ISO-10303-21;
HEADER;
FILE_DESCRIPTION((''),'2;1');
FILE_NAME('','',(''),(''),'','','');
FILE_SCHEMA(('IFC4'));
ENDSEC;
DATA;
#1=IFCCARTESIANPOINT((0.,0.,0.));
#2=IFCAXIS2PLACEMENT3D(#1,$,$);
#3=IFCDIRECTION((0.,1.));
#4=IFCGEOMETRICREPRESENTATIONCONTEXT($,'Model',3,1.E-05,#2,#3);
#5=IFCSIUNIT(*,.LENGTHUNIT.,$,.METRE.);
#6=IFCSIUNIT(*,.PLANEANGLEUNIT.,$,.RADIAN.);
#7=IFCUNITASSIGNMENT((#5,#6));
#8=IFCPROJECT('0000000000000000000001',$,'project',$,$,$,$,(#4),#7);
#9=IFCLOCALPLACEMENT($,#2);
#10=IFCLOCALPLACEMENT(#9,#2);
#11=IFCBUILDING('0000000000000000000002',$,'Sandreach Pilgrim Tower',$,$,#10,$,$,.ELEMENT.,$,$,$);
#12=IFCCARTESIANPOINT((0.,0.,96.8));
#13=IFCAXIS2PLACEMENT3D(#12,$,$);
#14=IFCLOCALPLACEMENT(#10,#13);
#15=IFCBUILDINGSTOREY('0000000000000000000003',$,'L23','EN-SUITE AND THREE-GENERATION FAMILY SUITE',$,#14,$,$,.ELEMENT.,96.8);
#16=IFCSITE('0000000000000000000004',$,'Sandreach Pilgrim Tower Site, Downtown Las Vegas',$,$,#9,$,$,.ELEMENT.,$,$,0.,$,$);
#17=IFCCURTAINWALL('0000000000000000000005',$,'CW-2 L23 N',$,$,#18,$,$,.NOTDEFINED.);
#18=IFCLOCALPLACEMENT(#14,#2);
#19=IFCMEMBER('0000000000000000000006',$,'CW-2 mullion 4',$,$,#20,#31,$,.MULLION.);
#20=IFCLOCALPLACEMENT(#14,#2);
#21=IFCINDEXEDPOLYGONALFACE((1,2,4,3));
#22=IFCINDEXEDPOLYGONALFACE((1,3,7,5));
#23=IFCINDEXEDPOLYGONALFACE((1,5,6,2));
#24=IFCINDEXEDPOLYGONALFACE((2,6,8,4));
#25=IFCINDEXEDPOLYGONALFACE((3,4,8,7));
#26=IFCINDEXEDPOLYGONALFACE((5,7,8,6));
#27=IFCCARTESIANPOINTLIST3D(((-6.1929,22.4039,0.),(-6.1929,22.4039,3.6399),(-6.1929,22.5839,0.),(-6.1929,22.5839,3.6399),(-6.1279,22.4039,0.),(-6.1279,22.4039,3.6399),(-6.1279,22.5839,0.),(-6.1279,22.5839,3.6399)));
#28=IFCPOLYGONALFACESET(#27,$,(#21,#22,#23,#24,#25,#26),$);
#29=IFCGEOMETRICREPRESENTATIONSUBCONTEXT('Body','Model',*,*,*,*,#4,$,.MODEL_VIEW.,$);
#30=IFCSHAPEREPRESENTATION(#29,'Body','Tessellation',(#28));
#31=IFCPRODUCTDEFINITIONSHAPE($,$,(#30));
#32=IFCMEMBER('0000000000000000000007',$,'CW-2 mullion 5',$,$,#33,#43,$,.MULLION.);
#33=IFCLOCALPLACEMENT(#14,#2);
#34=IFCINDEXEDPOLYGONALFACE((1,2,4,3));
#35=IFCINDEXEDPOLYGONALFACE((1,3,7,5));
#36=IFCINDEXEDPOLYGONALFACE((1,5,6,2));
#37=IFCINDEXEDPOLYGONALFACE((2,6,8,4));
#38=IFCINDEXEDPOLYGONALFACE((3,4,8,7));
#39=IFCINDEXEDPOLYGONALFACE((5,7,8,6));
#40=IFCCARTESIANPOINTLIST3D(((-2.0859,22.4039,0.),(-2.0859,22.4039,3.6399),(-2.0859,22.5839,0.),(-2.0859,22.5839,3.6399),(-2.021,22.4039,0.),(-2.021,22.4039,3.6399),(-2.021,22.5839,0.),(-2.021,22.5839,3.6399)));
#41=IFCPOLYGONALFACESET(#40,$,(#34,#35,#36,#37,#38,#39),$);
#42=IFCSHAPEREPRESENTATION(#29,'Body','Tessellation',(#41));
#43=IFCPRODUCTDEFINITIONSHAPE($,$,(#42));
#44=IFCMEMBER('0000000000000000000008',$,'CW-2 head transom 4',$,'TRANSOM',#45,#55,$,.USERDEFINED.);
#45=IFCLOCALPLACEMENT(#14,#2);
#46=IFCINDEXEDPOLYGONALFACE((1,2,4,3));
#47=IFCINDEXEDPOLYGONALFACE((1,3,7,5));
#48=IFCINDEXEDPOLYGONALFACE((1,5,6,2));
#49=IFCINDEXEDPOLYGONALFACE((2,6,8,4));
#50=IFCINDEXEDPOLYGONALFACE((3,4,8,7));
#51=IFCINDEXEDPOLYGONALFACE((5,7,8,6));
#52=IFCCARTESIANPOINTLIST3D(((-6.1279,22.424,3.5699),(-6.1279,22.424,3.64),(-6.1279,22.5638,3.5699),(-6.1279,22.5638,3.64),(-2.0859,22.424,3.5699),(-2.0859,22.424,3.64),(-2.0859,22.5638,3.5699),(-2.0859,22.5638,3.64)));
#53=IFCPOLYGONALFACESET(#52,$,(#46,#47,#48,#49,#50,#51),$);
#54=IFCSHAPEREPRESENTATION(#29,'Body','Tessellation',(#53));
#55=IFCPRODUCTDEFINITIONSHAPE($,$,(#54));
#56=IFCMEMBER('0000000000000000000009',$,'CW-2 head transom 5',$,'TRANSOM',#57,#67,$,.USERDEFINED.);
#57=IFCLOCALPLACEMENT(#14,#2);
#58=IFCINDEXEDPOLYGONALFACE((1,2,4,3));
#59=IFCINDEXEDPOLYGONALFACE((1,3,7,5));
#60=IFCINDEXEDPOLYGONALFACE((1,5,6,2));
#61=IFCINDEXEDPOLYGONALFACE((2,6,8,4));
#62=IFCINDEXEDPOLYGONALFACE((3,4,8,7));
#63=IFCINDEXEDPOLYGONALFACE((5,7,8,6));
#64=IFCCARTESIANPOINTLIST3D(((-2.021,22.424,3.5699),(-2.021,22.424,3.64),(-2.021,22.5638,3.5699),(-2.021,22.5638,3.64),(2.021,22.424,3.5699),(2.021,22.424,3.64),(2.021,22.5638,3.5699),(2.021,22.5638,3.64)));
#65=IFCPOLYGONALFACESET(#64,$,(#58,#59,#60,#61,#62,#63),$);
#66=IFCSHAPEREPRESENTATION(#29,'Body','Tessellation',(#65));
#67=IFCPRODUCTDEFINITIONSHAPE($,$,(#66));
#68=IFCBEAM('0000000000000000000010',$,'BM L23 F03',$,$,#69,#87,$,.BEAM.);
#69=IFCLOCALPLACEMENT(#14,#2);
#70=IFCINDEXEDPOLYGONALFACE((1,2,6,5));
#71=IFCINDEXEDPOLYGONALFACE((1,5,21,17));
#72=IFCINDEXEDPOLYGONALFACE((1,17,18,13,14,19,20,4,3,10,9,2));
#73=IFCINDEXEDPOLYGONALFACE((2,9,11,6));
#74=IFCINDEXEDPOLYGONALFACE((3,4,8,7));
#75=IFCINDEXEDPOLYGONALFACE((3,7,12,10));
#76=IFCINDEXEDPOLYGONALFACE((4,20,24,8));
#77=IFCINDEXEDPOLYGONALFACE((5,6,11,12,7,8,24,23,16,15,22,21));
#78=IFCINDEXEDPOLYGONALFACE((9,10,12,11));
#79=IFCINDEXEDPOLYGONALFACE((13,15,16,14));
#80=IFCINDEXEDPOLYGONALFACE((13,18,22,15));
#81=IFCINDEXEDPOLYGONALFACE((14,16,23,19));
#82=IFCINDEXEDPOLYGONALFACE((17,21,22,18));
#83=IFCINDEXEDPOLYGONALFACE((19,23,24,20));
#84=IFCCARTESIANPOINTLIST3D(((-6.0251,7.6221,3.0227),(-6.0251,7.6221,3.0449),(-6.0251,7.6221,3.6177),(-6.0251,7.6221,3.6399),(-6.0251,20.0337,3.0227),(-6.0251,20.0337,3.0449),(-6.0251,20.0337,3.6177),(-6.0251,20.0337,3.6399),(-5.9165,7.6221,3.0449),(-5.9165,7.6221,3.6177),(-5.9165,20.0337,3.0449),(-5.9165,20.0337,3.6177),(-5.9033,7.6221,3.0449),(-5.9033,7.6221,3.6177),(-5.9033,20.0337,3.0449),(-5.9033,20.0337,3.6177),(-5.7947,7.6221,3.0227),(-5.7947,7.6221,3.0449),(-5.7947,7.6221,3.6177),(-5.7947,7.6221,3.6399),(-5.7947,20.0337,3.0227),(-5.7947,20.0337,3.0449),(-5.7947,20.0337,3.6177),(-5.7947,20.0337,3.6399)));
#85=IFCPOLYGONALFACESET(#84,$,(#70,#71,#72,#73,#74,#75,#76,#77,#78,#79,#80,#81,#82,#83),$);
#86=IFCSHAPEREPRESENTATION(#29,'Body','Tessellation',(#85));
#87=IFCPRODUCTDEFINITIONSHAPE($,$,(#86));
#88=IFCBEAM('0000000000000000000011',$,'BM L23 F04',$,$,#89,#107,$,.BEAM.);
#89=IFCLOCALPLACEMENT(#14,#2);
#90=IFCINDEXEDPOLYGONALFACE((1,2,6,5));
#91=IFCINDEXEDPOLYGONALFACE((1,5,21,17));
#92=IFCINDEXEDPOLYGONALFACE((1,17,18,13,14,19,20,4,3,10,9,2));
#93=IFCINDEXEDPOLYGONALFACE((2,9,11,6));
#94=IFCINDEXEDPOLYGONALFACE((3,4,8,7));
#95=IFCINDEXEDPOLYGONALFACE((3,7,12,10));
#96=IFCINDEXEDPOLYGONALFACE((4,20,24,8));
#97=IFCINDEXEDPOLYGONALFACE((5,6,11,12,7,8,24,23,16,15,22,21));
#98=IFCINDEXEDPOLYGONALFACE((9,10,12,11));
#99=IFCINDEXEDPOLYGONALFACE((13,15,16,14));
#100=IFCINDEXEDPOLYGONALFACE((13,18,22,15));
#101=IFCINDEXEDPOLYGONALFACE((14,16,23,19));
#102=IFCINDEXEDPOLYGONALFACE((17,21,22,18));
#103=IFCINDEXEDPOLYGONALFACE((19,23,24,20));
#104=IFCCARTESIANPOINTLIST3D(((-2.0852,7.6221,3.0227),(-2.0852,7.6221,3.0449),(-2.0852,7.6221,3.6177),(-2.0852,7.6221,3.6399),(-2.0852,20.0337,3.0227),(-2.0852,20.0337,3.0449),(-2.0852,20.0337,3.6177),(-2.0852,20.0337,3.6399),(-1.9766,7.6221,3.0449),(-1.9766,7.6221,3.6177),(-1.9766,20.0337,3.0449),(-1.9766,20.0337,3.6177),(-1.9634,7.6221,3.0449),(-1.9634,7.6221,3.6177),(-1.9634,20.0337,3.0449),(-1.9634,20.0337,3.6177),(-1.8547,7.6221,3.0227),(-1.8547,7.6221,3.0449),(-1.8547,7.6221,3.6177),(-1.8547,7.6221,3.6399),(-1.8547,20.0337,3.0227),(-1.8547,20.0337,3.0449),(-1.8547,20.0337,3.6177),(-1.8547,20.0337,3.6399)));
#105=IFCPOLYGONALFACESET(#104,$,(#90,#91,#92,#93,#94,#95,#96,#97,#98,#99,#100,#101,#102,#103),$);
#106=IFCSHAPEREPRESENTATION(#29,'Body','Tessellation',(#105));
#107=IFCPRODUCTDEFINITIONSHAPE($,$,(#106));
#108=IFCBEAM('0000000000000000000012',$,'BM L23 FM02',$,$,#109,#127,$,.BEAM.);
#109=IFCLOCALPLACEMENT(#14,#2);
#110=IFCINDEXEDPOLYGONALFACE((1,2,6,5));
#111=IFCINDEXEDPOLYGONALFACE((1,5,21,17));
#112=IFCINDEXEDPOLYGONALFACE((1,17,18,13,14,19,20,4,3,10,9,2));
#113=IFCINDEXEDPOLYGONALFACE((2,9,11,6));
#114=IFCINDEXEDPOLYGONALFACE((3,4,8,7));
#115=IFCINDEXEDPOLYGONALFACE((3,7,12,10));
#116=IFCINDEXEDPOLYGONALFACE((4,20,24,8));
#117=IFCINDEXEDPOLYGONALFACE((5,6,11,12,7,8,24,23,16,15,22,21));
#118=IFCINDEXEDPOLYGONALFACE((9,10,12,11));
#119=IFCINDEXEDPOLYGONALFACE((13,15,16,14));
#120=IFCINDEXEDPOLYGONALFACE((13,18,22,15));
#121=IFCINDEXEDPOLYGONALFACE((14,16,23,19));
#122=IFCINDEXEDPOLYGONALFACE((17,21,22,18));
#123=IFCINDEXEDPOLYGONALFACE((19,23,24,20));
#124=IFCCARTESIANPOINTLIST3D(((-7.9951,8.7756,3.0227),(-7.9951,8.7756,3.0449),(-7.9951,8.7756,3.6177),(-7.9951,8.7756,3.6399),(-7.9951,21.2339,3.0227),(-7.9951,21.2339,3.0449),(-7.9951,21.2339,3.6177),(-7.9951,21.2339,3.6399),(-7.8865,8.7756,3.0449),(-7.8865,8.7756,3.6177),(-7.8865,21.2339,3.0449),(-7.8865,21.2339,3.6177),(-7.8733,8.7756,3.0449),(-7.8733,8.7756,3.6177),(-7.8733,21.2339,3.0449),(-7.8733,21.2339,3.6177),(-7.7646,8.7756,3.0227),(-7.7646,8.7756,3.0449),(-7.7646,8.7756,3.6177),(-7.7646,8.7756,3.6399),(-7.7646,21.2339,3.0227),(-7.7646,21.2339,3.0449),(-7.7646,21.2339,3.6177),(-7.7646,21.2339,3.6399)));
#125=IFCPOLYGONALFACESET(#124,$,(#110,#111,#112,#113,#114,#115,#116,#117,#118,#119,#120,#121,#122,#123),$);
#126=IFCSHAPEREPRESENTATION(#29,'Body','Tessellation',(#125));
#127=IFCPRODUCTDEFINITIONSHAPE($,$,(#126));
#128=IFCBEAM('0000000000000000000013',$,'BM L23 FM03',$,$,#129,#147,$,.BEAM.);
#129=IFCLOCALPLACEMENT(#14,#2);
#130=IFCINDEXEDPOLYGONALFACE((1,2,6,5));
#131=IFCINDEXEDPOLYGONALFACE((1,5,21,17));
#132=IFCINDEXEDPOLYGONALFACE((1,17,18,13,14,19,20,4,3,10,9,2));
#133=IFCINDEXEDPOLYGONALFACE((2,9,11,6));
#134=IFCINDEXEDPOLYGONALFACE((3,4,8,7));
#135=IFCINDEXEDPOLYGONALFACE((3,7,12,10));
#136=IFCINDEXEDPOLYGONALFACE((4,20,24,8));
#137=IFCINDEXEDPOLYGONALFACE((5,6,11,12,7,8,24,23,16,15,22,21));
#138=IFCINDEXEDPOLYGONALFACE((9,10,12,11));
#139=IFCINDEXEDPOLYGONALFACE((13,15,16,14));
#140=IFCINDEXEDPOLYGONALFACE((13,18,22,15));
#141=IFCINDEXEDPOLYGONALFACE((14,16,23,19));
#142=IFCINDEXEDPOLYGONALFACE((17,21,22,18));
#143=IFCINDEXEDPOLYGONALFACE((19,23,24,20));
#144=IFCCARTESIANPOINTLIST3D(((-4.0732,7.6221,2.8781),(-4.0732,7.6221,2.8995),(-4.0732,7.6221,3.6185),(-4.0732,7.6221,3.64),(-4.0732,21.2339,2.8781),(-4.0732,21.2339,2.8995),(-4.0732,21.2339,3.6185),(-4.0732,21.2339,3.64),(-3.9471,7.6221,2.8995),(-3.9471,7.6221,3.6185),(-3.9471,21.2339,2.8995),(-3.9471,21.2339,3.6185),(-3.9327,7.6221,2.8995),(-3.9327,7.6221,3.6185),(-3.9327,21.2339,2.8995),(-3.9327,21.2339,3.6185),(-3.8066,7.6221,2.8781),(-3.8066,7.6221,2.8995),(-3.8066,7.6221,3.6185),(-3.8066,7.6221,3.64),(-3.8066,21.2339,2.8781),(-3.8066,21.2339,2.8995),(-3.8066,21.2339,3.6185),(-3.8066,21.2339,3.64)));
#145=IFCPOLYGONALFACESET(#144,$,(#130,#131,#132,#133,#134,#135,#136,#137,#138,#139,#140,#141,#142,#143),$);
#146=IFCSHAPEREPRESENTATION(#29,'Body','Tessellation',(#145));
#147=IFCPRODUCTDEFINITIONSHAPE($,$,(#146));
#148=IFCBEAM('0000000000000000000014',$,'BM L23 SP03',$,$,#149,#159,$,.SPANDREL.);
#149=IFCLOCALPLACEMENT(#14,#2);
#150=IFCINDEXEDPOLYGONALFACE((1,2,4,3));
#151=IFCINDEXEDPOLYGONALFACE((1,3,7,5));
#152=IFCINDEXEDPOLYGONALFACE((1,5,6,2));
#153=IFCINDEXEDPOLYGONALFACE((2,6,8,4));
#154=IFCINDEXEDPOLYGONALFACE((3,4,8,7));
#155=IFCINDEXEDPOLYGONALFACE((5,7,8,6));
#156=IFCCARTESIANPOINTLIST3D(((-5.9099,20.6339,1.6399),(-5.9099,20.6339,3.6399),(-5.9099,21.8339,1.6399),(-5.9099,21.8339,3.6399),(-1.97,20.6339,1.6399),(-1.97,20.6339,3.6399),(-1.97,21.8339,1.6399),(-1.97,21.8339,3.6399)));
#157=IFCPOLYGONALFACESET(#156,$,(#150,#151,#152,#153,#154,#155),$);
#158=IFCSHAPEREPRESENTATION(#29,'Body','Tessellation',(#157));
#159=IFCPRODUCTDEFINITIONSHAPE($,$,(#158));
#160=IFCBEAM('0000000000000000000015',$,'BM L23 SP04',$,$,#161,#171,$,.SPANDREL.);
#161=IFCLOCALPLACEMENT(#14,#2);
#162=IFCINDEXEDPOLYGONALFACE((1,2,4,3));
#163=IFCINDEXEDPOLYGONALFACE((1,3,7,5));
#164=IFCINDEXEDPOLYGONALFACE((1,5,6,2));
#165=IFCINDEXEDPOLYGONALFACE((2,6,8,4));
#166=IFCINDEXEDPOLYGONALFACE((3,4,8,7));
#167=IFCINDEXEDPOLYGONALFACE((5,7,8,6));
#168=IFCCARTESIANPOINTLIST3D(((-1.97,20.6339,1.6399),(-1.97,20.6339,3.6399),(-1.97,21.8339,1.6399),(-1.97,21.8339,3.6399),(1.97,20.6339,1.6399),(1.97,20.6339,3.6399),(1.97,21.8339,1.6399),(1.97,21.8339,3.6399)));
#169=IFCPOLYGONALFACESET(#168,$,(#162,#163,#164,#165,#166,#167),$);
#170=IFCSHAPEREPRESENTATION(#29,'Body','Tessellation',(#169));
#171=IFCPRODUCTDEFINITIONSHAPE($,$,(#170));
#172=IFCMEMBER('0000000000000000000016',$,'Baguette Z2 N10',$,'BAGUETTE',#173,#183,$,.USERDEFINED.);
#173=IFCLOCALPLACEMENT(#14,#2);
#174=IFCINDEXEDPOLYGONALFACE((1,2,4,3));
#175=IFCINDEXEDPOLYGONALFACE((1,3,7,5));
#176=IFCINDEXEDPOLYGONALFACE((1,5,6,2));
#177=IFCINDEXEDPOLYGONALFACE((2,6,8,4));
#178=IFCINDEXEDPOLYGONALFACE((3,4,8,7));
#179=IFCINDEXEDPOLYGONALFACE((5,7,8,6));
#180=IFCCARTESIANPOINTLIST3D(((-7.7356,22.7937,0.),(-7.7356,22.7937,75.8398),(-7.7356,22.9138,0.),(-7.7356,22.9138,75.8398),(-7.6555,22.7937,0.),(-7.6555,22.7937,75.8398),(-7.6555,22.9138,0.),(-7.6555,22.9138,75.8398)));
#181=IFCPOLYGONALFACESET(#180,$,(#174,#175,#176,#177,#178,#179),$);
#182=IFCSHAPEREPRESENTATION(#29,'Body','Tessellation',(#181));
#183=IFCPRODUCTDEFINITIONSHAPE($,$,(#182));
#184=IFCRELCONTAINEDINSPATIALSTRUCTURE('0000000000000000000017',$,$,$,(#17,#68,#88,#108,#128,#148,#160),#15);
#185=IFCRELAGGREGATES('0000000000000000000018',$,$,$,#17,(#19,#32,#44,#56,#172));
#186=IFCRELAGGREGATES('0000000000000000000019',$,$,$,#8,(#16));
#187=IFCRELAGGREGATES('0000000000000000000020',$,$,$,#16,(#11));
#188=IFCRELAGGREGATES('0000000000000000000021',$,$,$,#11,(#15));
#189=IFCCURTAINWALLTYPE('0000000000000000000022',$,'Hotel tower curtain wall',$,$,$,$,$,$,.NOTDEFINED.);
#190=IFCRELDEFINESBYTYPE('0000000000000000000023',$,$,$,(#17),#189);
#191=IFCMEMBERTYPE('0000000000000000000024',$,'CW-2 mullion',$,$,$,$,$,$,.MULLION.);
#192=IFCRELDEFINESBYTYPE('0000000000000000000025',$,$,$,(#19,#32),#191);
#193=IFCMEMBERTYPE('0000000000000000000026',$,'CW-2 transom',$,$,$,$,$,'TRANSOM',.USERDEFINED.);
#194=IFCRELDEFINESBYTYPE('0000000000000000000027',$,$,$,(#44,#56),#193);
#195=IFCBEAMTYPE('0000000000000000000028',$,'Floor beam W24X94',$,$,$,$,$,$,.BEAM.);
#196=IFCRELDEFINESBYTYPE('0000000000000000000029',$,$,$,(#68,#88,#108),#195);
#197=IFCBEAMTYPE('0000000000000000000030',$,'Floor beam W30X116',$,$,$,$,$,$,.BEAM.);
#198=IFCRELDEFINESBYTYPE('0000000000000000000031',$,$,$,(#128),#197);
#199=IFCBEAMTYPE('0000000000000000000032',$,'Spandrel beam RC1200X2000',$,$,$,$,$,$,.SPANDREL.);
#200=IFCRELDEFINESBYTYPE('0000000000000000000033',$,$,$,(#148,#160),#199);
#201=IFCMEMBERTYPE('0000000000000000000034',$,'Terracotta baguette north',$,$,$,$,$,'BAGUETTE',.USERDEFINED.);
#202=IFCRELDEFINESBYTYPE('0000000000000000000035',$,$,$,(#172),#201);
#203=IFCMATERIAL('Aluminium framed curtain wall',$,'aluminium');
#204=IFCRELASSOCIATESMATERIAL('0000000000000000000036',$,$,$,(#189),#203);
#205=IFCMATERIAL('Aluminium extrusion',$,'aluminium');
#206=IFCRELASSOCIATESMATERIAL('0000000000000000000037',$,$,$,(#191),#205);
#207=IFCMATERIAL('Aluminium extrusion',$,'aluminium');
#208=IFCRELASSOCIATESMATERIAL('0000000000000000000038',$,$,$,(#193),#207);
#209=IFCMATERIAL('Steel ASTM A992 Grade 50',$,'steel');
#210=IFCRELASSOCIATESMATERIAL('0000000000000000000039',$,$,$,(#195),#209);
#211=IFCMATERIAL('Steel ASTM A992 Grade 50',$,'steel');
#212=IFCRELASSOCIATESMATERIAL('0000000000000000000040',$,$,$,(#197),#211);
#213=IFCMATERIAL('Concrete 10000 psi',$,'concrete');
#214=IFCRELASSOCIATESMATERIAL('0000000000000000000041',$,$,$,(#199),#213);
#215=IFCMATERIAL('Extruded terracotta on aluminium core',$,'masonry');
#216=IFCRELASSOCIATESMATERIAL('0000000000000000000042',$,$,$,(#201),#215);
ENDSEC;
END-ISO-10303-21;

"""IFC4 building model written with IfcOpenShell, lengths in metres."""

from ifc_helpers import new_model, si_unit, direction, frame, origin, origin_2d, place, context, subcontext, project, spatial, rectangle, i_section, extrude, material, material_profile, profile_set, type_object, element, aggregate, save


model = new_model("IFC4")

# Units and contexts
model_context = context("Model", 3, precision=1e-05, world=origin(), true_north=direction((0.0, 1.0)))
body_context = subcontext(model_context, "Body", "Model", "MODEL_VIEW")
ifc_project = project(units=[si_unit("LENGTHUNIT", "METRE"), si_unit("PLANEANGLEUNIT", "RADIAN")], contexts=[model_context])

# Site, building, storey
site_placement = place(None, origin())
site = spatial("IfcSite", under=ifc_project, at=site_placement, Name="Sandreach Pilgrim Tower Site, Downtown Las Vegas", CompositionType="ELEMENT", RefElevation=0.0)
building_placement = place(site_placement, origin())
building = spatial("IfcBuilding", under=site, at=building_placement, Name="Sandreach Pilgrim Tower", CompositionType="ELEMENT")
storey_placement = place(building_placement, frame((0.0, 0.0, 96.8)))
storey = spatial("IfcBuildingStorey", under=building, at=storey_placement, Name="L23", Description="EN-SUITE AND THREE-GENERATION FAMILY SUITE", CompositionType="ELEMENT", Elevation=96.8)

# Curtain wall, members
ifc_material_1 = material(Name="Aluminium framed curtain wall", Category="aluminium")
curtain_wall_type = type_object("IfcCurtainWallType", Name="Hotel tower curtain wall", PredefinedType="NOTDEFINED", material=ifc_material_1)
curtain_wall_placement = place(storey_placement, origin())
curtain_wall = element("IfcCurtainWall", 1, at=curtain_wall_placement, inside=storey, type_object=curtain_wall_type, Name="CW-2 L23 N", PredefinedType="NOTDEFINED")
ifc_material_2 = material(Name="Aluminium extrusion", Category="aluminium")
ifc_material_profile_1 = material_profile(ifc_material_2, rectangle(XDim=0.0649, YDim=0.1799, at=origin_2d()), Name="CW-2M 65X180")
ifc_profile_set_1 = profile_set([ifc_material_profile_1], Name="Aluminium extrusion")
member_type_1 = type_object("IfcMemberType", Name="CW-2 mullion", PredefinedType="MULLION", material=ifc_profile_set_1)
member_1_placement = place(storey_placement, frame((-6.1604, 22.4939, 0.0), z_axis=(0.0, 0.0, 1.0), x_axis=(1.0, 0.0, 0.0)))
member_1 = element("IfcMember", 2, at=member_1_placement, type_object=member_type_1, Name="CW-2 mullion 4", PredefinedType="MULLION", context=body_context, shape_type="SweptSolid", body=[
    extrude(rectangle(XDim=0.0649, YDim=0.1799, at=origin_2d()), origin(), (0.0, 0.0, 1.0), 3.6399),
])
member_2_placement = place(storey_placement, frame((-2.0535, 22.4939, 0.0), z_axis=(0.0, 0.0, 1.0), x_axis=(1.0, 0.0, 0.0)))
member_2 = element("IfcMember", 3, at=member_2_placement, type_object=member_type_1, Name="CW-2 mullion 5", PredefinedType="MULLION", context=body_context, shape_type="SweptSolid", body=[
    extrude(rectangle(XDim=0.0649, YDim=0.1799, at=origin_2d()), origin(), (0.0, 0.0, 1.0), 3.6399),
])
ifc_material_3 = material(Name="Aluminium extrusion", Category="aluminium")
ifc_material_profile_2 = material_profile(ifc_material_3, rectangle(XDim=0.1399, YDim=0.0701, at=origin_2d()), Name="CW-2T 140X70")
ifc_profile_set_2 = profile_set([ifc_material_profile_2], Name="Aluminium extrusion")
member_type_2 = type_object("IfcMemberType", Name="CW-2 transom", ElementType="TRANSOM", PredefinedType="USERDEFINED", material=ifc_profile_set_2)
member_3_placement = place(storey_placement, frame((-6.1279, 22.4939, 3.605), z_axis=(1.0, 0.0, 0.0), x_axis=(0.0, 1.0, 0.0)))
member_3 = element("IfcMember", 4, at=member_3_placement, type_object=member_type_2, Name="CW-2 head transom 4", ObjectType="TRANSOM", PredefinedType="USERDEFINED", context=body_context, shape_type="SweptSolid", body=[
    extrude(rectangle(XDim=0.1399, YDim=0.0701, at=origin_2d()), origin(), (0.0, 0.0, 1.0), 4.042),
])
member_4_placement = place(storey_placement, frame((-2.021, 22.4939, 3.605), z_axis=(1.0, 0.0, 0.0), x_axis=(0.0, 1.0, 0.0)))
member_4 = element("IfcMember", 5, at=member_4_placement, type_object=member_type_2, Name="CW-2 head transom 5", ObjectType="TRANSOM", PredefinedType="USERDEFINED", context=body_context, shape_type="SweptSolid", body=[
    extrude(rectangle(XDim=0.1399, YDim=0.0701, at=origin_2d()), origin(), (0.0, 0.0, 1.0), 4.042),
])

# Beams
ifc_material_4 = material(Name="Steel ASTM A992 Grade 50", Category="steel")
ifc_material_profile_3 = material_profile(ifc_material_4, i_section(OverallWidth=0.2305, OverallDepth=0.6172, WebThickness=0.0132, FlangeThickness=0.0222, at=origin_2d()), Name="W24X94")
ifc_profile_set_3 = profile_set([ifc_material_profile_3], Name="Steel ASTM A992 Grade 50")
beam_type_1 = type_object("IfcBeamType", Name="Floor beam W24X94", PredefinedType="BEAM", material=ifc_profile_set_3)
for number, where, z_axis, x_axis, name in (
    (6, (-5.9099, 20.0337, 3.3313), (0.0, -1.0, 0.0), (1.0, 0.0, 0.0), "BM L23 F03"),
    (7, (-1.97, 20.0337, 3.3313), (0.0, -1.0, 0.0), (1.0, 0.0, 0.0), "BM L23 F04"),
):
    element("IfcBeam", number, at=place(storey_placement, frame(where, z_axis=z_axis, x_axis=x_axis)), inside=storey, type_object=beam_type_1, Name=name, PredefinedType="BEAM", context=body_context, shape_type="SweptSolid", body=[
        extrude(i_section(OverallWidth=0.2305, OverallDepth=0.6172, WebThickness=0.0132, FlangeThickness=0.0222, at=origin_2d()), origin(), (0.0, 0.0, 1.0), 12.4116),
    ])
beam_1_placement = place(storey_placement, frame((-7.8799, 21.2339, 3.3313), z_axis=(0.0, -1.0, 0.0), x_axis=(1.0, 0.0, 0.0)))
element("IfcBeam", 8, at=beam_1_placement, inside=storey, type_object=beam_type_1, Name="BM L23 FM02", PredefinedType="BEAM", context=body_context, shape_type="SweptSolid", body=[
    extrude(i_section(OverallWidth=0.2305, OverallDepth=0.6172, WebThickness=0.0132, FlangeThickness=0.0222, at=origin_2d()), origin(), (0.0, 0.0, 1.0), 12.4583),
])
ifc_material_5 = material(Name="Steel ASTM A992 Grade 50", Category="steel")
ifc_material_profile_4 = material_profile(ifc_material_5, i_section(OverallWidth=0.2666, OverallDepth=0.762, WebThickness=0.0144, FlangeThickness=0.0215, at=origin_2d()), Name="W30X116")
ifc_profile_set_4 = profile_set([ifc_material_profile_4], Name="Steel ASTM A992 Grade 50")
beam_type_2 = type_object("IfcBeamType", Name="Floor beam W30X116", PredefinedType="BEAM", material=ifc_profile_set_4)
beam_2_placement = place(storey_placement, frame((-3.9399, 21.2339, 3.259), z_axis=(0.0, -1.0, 0.0), x_axis=(1.0, 0.0, 0.0)))
element("IfcBeam", 9, at=beam_2_placement, inside=storey, type_object=beam_type_2, Name="BM L23 FM03", PredefinedType="BEAM", context=body_context, shape_type="SweptSolid", body=[
    extrude(i_section(OverallWidth=0.2666, OverallDepth=0.762, WebThickness=0.0144, FlangeThickness=0.0215, at=origin_2d()), origin(), (0.0, 0.0, 1.0), 13.6118),
])
ifc_material_6 = material(Name="Concrete 10000 psi", Category="concrete")
ifc_material_profile_5 = material_profile(ifc_material_6, rectangle(XDim=1.2, YDim=2.0, at=origin_2d()), Name="RC1200X2000")
ifc_profile_set_5 = profile_set([ifc_material_profile_5], Name="Concrete 10000 psi")
beam_type_3 = type_object("IfcBeamType", Name="Spandrel beam RC1200X2000", PredefinedType="SPANDREL", material=ifc_profile_set_5)
for number, where, z_axis, x_axis, name in (
    (10, (-5.9099, 21.2339, 2.6399), (1.0, 0.0, 0.0), (0.0, 1.0, 0.0), "BM L23 SP03"),
    (11, (-1.97, 21.2339, 2.6399), (1.0, 0.0, 0.0), (0.0, 1.0, 0.0), "BM L23 SP04"),
):
    element("IfcBeam", number, at=place(storey_placement, frame(where, z_axis=z_axis, x_axis=x_axis)), inside=storey, type_object=beam_type_3, Name=name, PredefinedType="SPANDREL", context=body_context, shape_type="SweptSolid", body=[
        extrude(rectangle(XDim=1.2, YDim=2.0, at=origin_2d()), origin(), (0.0, 0.0, 1.0), 3.9399),
    ])

# Member
ifc_material_7 = material(Name="Extruded terracotta on aluminium core", Category="masonry")
ifc_material_profile_6 = material_profile(ifc_material_7, rectangle(XDim=0.0801, YDim=0.1201, at=origin_2d()), Name="TBN 80X120")
ifc_profile_set_6 = profile_set([ifc_material_profile_6], Name="Extruded terracotta on aluminium core")
member_type_3 = type_object("IfcMemberType", Name="Terracotta baguette north", ElementType="BAGUETTE", PredefinedType="USERDEFINED", material=ifc_profile_set_6)
member_5_placement = place(storey_placement, frame((-7.6956, 22.8538, 0.0), z_axis=(0.0, 0.0, 1.0), x_axis=(1.0, 0.0, 0.0)))
member_5 = element("IfcMember", 12, at=member_5_placement, type_object=member_type_3, Name="Baguette Z2 N10", ObjectType="BAGUETTE", PredefinedType="USERDEFINED", context=body_context, shape_type="SweptSolid", body=[
    extrude(rectangle(XDim=0.0801, YDim=0.1201, at=origin_2d()), origin(), (0.0, 0.0, 1.0), 75.8398),
])

aggregate(curtain_wall, [member_1, member_2, member_3, member_4, member_5])

save(model, "model.ifc")
